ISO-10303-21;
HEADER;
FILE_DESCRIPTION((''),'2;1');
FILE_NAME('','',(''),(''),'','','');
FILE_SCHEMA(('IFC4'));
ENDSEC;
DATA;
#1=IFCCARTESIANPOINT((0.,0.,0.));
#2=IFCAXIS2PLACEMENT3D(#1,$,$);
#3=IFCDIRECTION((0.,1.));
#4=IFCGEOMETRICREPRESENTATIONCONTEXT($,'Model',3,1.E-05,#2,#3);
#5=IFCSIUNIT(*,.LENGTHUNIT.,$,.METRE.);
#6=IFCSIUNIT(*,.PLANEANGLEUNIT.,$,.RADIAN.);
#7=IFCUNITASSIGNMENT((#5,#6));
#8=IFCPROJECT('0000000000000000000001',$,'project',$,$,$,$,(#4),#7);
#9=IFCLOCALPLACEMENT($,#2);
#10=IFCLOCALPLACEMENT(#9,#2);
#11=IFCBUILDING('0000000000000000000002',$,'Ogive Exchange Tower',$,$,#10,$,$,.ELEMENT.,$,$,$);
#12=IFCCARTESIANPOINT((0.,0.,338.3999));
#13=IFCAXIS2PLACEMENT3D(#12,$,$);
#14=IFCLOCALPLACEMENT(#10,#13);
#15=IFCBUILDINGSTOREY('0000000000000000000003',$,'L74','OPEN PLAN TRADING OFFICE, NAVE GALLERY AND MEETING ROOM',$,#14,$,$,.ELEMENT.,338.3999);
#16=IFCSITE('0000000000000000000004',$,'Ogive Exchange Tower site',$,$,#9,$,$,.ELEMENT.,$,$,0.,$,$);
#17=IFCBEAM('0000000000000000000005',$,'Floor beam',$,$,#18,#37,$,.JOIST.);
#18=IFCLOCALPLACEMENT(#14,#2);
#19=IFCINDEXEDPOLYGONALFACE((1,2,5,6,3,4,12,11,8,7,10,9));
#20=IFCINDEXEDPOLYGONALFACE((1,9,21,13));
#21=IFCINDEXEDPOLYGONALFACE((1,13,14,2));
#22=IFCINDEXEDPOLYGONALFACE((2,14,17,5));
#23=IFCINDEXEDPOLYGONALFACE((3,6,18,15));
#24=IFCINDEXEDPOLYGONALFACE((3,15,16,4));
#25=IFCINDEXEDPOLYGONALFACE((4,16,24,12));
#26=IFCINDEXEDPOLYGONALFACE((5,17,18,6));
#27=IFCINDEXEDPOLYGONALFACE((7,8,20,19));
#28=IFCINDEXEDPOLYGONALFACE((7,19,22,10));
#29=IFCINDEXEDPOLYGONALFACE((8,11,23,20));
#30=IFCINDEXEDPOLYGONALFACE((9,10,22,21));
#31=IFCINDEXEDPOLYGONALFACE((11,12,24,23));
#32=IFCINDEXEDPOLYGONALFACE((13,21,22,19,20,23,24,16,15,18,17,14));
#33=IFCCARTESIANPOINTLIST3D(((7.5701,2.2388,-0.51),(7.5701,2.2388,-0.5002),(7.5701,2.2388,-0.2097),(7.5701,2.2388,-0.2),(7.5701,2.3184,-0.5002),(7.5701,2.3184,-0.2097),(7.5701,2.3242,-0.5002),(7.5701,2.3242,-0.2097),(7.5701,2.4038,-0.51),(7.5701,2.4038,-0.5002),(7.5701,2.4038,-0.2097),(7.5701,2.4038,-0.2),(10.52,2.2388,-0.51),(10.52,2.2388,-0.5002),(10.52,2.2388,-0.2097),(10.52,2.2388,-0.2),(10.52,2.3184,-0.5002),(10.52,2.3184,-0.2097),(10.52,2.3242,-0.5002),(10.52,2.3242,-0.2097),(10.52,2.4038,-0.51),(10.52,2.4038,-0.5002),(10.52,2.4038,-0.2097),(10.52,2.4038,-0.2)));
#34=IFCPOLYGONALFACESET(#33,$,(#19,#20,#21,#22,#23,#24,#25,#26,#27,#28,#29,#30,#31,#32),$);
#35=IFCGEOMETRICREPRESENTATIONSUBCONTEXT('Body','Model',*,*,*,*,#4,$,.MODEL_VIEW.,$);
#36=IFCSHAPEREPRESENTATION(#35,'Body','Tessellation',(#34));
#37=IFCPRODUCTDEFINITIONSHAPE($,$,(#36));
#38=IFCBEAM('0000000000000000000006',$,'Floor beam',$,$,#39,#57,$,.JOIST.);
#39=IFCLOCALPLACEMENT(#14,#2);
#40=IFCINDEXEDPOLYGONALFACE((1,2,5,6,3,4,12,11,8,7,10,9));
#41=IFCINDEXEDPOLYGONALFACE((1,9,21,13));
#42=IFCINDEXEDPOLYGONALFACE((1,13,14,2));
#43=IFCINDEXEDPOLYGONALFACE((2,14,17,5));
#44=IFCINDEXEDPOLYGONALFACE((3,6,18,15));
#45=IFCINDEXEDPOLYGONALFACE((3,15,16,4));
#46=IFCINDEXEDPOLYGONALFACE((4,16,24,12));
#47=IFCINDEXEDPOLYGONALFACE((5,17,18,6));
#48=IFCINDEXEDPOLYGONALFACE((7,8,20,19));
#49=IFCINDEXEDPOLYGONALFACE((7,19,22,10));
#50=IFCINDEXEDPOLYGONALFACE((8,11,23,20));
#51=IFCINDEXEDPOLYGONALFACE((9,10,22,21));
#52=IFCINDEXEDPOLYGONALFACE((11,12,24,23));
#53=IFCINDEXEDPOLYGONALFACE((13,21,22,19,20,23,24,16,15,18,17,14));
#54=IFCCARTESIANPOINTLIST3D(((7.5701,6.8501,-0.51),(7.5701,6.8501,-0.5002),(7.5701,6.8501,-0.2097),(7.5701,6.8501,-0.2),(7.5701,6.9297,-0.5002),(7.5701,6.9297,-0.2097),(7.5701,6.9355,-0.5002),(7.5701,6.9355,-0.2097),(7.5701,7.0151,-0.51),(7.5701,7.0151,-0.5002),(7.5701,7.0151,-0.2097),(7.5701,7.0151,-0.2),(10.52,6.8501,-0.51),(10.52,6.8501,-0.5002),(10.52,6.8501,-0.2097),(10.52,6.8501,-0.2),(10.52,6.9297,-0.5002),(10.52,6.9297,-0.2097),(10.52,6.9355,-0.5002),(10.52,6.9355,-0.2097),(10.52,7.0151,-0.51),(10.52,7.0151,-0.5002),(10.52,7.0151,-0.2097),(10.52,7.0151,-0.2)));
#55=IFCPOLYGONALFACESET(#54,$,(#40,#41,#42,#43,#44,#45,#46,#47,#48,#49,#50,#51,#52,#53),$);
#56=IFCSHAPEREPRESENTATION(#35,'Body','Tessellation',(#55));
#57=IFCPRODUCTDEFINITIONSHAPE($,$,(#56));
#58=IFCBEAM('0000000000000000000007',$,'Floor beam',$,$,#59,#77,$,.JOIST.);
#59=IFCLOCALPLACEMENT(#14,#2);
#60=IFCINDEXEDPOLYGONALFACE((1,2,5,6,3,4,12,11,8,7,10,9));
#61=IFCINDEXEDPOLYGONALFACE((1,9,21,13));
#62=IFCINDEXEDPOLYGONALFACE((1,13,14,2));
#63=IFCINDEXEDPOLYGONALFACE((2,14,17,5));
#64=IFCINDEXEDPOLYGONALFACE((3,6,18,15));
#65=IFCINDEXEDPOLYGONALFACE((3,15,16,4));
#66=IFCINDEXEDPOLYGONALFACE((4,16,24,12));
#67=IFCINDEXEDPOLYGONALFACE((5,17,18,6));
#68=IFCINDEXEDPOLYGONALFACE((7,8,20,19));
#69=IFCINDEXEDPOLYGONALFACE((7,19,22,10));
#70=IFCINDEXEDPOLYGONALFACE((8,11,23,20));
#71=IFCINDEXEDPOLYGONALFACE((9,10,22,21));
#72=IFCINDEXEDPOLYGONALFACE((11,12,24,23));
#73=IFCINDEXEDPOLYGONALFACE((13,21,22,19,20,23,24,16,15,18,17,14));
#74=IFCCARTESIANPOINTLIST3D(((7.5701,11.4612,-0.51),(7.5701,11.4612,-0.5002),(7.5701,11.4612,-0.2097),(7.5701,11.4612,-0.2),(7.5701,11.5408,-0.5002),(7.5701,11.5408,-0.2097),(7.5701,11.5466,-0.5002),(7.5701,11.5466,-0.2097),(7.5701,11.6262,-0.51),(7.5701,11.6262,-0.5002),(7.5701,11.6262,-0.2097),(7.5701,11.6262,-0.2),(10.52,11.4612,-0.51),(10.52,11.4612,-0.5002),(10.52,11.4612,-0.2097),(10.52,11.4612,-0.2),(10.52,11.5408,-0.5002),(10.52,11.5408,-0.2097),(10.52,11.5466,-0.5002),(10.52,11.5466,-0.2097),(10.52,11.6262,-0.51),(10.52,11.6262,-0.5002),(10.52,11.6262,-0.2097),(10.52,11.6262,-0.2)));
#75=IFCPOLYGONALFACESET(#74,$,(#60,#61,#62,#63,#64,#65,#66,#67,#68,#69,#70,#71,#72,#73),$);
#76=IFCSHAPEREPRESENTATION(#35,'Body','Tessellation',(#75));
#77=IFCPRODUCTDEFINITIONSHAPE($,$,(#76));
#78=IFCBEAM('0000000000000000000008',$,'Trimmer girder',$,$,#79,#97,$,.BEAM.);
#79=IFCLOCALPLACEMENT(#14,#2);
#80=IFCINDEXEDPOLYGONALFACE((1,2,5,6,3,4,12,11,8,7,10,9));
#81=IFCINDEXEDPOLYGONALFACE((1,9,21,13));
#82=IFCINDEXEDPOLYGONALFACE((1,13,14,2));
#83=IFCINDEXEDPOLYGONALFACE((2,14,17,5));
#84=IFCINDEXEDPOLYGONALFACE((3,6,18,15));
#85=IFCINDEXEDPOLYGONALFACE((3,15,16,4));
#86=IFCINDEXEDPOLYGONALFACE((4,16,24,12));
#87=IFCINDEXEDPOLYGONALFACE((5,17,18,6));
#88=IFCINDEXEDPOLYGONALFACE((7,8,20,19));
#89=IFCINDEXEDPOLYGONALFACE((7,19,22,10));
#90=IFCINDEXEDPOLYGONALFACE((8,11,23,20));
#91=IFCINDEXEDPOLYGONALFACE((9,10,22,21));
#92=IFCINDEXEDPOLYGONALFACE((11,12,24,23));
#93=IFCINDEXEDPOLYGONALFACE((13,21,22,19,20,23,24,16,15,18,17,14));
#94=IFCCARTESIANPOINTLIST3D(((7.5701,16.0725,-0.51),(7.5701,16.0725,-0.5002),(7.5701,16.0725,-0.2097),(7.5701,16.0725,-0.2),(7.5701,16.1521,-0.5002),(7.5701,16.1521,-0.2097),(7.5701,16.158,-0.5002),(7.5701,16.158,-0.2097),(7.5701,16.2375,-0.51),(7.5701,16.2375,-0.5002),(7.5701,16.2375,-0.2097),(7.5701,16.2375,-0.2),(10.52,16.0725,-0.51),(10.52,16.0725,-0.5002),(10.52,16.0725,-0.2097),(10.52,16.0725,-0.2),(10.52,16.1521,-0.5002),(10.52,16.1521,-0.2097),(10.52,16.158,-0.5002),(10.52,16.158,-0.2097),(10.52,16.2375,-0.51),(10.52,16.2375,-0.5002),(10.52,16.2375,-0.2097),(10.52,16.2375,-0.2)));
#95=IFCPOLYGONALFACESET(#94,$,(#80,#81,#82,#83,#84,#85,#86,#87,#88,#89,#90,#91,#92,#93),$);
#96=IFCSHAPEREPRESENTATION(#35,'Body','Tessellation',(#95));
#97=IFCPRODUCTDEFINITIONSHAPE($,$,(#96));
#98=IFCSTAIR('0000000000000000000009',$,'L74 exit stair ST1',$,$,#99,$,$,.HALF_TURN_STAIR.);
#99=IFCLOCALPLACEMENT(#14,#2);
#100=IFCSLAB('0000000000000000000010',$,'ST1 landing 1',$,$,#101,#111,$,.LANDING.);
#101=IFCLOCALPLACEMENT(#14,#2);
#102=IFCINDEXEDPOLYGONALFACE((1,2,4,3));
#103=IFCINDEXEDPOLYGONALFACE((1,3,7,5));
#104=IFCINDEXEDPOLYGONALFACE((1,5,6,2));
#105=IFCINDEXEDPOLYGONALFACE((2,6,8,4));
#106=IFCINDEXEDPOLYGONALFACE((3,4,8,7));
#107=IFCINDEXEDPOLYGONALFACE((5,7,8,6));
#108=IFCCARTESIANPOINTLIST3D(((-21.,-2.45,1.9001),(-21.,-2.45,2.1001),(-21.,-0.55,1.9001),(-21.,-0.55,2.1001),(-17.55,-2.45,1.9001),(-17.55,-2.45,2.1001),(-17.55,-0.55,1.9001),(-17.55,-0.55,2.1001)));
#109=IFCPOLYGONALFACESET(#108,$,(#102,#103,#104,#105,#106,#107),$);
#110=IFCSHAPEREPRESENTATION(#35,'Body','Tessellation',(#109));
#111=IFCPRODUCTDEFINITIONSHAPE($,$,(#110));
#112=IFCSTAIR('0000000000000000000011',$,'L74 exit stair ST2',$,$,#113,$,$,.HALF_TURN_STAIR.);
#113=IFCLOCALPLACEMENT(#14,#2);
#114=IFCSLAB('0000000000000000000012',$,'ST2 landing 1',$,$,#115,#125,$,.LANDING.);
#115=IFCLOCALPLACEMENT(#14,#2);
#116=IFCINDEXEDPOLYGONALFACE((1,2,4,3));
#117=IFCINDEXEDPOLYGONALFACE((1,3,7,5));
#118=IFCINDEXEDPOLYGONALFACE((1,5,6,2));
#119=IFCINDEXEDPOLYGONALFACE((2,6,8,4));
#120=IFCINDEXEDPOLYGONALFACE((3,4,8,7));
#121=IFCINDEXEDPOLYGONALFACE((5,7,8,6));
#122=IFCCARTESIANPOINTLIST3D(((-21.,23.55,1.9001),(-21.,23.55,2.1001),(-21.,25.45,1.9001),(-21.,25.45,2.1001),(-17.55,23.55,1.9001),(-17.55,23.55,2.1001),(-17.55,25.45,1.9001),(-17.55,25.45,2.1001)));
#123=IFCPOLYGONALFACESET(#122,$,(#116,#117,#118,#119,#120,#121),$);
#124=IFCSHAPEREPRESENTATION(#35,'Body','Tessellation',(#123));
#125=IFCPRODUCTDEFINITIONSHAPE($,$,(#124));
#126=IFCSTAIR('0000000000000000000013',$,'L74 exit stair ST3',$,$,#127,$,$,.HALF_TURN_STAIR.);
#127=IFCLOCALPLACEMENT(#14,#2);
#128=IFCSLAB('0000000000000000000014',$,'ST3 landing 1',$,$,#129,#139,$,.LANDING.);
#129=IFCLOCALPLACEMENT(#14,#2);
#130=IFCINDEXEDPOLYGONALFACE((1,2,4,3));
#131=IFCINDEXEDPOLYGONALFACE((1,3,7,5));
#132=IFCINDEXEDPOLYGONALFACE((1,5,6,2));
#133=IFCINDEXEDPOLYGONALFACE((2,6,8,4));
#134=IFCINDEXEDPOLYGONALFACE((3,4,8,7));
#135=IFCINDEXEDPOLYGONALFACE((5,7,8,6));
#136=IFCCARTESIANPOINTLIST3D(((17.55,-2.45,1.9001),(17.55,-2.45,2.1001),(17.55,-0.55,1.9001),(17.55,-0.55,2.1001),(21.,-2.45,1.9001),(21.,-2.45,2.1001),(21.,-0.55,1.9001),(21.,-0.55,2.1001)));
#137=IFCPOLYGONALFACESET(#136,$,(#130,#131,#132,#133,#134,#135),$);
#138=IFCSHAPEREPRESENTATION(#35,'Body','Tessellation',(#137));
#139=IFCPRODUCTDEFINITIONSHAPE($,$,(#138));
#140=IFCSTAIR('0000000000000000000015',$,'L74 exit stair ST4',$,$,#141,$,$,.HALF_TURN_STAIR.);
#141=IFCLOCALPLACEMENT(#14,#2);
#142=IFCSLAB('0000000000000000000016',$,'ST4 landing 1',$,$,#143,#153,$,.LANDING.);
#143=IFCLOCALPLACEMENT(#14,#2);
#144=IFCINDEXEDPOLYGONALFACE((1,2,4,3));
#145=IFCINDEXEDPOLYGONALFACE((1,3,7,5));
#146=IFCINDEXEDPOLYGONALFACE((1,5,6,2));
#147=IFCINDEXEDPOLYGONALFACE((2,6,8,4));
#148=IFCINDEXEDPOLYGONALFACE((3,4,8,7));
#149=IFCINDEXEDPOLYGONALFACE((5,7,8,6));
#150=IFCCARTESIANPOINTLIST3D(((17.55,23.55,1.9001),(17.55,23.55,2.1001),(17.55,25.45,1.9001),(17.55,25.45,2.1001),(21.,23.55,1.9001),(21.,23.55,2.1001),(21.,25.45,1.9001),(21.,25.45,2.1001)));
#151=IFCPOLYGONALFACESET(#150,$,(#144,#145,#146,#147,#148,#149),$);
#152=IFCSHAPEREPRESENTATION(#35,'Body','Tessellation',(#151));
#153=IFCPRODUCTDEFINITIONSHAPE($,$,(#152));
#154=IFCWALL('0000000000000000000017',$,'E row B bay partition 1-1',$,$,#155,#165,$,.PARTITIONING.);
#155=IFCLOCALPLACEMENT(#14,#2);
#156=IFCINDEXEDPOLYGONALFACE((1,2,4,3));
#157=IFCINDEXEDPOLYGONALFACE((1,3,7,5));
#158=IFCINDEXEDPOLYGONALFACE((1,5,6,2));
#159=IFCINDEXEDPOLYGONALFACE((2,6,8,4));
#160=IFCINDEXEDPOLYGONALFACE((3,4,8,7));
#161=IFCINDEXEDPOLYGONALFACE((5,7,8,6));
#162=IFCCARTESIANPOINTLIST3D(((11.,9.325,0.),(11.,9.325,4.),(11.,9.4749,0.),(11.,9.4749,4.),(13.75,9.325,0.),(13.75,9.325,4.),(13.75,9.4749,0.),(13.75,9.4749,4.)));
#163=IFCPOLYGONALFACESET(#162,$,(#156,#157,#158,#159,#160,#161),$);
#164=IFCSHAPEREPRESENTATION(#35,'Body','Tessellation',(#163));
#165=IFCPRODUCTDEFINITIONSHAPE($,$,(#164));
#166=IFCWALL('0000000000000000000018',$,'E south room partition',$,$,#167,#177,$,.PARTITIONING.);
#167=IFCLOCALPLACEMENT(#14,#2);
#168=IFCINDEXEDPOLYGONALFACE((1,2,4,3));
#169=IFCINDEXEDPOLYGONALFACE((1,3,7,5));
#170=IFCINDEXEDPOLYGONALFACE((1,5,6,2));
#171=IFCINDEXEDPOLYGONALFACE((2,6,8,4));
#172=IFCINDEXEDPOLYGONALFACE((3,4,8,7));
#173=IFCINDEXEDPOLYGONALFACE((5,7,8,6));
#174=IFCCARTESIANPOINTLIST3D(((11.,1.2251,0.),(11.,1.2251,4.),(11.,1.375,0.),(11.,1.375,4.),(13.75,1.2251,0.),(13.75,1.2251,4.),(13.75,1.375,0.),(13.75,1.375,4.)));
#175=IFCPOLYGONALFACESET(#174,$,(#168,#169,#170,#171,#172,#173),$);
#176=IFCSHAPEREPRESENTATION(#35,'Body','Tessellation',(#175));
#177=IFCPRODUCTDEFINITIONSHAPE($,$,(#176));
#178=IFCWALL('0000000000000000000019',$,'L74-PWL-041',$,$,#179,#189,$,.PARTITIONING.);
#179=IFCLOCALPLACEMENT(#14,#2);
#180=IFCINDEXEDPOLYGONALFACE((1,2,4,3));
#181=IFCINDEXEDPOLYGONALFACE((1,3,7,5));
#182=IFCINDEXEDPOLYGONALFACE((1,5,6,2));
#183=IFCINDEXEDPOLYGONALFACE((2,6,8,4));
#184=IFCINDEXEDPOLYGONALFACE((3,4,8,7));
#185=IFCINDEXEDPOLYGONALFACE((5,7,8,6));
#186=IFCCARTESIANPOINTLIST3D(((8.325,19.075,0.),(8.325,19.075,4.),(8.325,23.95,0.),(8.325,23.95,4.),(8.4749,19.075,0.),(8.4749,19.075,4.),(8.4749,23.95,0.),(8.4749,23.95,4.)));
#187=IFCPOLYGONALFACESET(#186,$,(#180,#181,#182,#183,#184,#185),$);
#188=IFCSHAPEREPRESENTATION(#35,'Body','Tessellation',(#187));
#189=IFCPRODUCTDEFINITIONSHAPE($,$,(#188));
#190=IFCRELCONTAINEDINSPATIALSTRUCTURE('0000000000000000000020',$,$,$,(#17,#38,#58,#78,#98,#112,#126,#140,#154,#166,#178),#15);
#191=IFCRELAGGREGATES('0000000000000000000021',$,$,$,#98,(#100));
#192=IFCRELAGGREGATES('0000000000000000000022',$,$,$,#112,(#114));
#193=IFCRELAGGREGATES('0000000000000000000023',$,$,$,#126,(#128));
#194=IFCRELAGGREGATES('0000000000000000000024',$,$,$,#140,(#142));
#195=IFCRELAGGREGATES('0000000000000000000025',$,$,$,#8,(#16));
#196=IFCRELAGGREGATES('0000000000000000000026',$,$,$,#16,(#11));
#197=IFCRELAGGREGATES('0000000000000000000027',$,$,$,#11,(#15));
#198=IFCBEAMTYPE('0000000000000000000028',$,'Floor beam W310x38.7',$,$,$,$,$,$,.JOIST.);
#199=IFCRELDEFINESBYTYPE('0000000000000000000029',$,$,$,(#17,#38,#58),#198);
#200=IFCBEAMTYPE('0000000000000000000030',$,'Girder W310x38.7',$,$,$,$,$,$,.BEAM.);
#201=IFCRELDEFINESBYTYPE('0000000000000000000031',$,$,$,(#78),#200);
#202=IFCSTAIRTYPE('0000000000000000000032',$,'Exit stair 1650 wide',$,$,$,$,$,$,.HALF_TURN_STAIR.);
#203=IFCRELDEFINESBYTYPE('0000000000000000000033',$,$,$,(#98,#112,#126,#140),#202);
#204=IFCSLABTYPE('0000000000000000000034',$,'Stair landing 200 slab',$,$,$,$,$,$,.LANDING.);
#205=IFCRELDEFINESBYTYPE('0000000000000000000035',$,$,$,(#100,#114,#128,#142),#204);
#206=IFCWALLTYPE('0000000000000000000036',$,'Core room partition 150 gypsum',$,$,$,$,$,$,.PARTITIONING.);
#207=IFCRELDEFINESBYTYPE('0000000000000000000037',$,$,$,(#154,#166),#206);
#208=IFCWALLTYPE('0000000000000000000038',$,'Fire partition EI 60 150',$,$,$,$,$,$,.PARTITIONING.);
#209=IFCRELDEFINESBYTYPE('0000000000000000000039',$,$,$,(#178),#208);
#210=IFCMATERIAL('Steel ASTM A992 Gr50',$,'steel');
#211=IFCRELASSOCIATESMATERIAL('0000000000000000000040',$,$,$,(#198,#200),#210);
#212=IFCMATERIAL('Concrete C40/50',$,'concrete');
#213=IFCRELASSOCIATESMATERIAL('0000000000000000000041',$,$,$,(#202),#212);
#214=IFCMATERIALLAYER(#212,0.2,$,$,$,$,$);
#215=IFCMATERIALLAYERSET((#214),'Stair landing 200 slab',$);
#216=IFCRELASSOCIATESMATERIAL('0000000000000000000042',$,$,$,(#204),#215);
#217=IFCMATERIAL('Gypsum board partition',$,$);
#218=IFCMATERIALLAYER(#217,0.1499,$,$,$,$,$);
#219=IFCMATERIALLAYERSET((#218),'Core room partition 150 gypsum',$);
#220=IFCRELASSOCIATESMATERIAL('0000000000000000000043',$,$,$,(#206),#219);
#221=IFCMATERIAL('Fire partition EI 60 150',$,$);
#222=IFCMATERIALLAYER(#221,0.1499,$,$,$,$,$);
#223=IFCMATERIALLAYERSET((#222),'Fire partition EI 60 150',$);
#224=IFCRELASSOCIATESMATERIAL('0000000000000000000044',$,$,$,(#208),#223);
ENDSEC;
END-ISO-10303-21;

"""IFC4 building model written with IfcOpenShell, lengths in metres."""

from ifc_helpers import new_model, si_unit, direction, frame, frame_2d, origin, origin_2d, place, context, subcontext, project, spatial, polyline, rectangle, i_section, outline, extrude, material, layer, layer_set, material_profile, profile_set, type_object, element, aggregate, save


model = new_model("IFC4")

# Units and contexts
model_context = context("Model", 3, precision=1e-05, world=origin(), true_north=direction((0.0, 1.0)))
body_context = subcontext(model_context, "Body", "Model", "MODEL_VIEW")
ifc_project = project(units=[si_unit("LENGTHUNIT", "METRE"), si_unit("PLANEANGLEUNIT", "RADIAN")], contexts=[model_context])

# Site, building, storey
site_placement = place(None, origin())
site = spatial("IfcSite", under=ifc_project, at=site_placement, Name="Ogive Exchange Tower site", CompositionType="ELEMENT", RefElevation=0.0)
building_placement = place(site_placement, origin())
building = spatial("IfcBuilding", under=site, at=building_placement, Name="Ogive Exchange Tower", CompositionType="ELEMENT")
storey_placement = place(building_placement, frame((0.0, 0.0, 338.3999)))
storey = spatial("IfcBuildingStorey", under=building, at=storey_placement, Name="L74", Description="OPEN PLAN TRADING OFFICE, NAVE GALLERY AND MEETING ROOM", CompositionType="ELEMENT", Elevation=338.3999)

# Beams
ifc_material_1 = material(Name="Steel ASTM A992 Gr50", Category="steel")
ifc_material_profile_1 = material_profile(ifc_material_1, i_section(OverallWidth=0.165, OverallDepth=0.3101, WebThickness=0.0059, FlangeThickness=0.0098, at=origin_2d()), Name="W310x38.7")
ifc_profile_set_1 = profile_set([ifc_material_profile_1], Name="Steel ASTM A992 Gr50")
beam_type_1 = type_object("IfcBeamType", Name="Floor beam W310x38.7", PredefinedType="JOIST", material=ifc_profile_set_1)
for number, where, z_axis, x_axis, name in (
    (1, (7.5701, 2.3213, -0.355), (1.0, 0.0, 0.0), (0.0, 1.0, 0.0), "Floor beam"),
    (2, (7.5701, 6.9326, -0.355), (1.0, 0.0, 0.0), (0.0, 1.0, 0.0), "Floor beam"),
    (3, (7.5701, 11.5437, -0.355), (1.0, 0.0, 0.0), (0.0, 1.0, 0.0), "Floor beam"),
):
    element("IfcBeam", number, at=place(storey_placement, frame(where, z_axis=z_axis, x_axis=x_axis)), inside=storey, type_object=beam_type_1, Name=name, PredefinedType="JOIST", context=body_context, shape_type="SweptSolid", body=[
        extrude(i_section(OverallWidth=0.165, OverallDepth=0.3101, WebThickness=0.0059, FlangeThickness=0.0098, at=origin_2d()), origin(), (0.0, 0.0, 1.0), 2.95),
    ])
ifc_material_profile_2 = material_profile(ifc_material_1, i_section(OverallWidth=0.165, OverallDepth=0.3101, WebThickness=0.0059, FlangeThickness=0.0098, at=origin_2d()), Name="W310x38.7")
ifc_profile_set_2 = profile_set([ifc_material_profile_2], Name="Steel ASTM A992 Gr50")
beam_type_2 = type_object("IfcBeamType", Name="Girder W310x38.7", PredefinedType="BEAM", material=ifc_profile_set_2)
beam_placement = place(storey_placement, frame((7.5701, 16.155, -0.355), z_axis=(1.0, 0.0, 0.0), x_axis=(0.0, 1.0, 0.0)))
element("IfcBeam", 4, at=beam_placement, inside=storey, type_object=beam_type_2, Name="Trimmer girder", PredefinedType="BEAM", context=body_context, shape_type="SweptSolid", body=[
    extrude(i_section(OverallWidth=0.165, OverallDepth=0.3101, WebThickness=0.0059, FlangeThickness=0.0098, at=origin_2d()), origin(), (0.0, 0.0, 1.0), 2.95),
])

# Stairs, slabs
ifc_material_2 = material(Name="Concrete C40/50", Category="concrete")
stair_type = type_object("IfcStairType", Name="Exit stair 1650 wide", PredefinedType="HALF_TURN_STAIR", material=ifc_material_2)
stair_1_placement = place(storey_placement, origin())
stair_1 = element("IfcStair", 5, at=stair_1_placement, inside=storey, type_object=stair_type, Name="L74 exit stair ST1", PredefinedType="HALF_TURN_STAIR")
ifc_layer_1 = layer(ifc_material_2, 0.2)
ifc_layer_set_1 = layer_set([ifc_layer_1], Name="Stair landing 200 slab")
slab_type = type_object("IfcSlabType", Name="Stair landing 200 slab", PredefinedType="LANDING", material=ifc_layer_set_1)
slab_1_placement = place(storey_placement, frame((0.0, 0.0, 1.9001)))
slab_1 = element("IfcSlab", 6, at=slab_1_placement, type_object=slab_type, Name="ST1 landing 1", PredefinedType="LANDING", context=body_context, shape_type="SweptSolid", body=[
    extrude(outline(polyline([(-21.0, -0.55), (-21.0, -2.45), (-17.55, -2.45), (-17.55, -0.55), (-21.0, -0.55)])), origin(), (0.0, 0.0, 1.0), 0.2),
])
aggregate(stair_1, [slab_1])
stair_2_placement = place(storey_placement, origin())
stair_2 = element("IfcStair", 7, at=stair_2_placement, inside=storey, type_object=stair_type, Name="L74 exit stair ST2", PredefinedType="HALF_TURN_STAIR")
slab_2_placement = place(storey_placement, frame((0.0, 0.0, 1.9001)))
slab_2 = element("IfcSlab", 8, at=slab_2_placement, type_object=slab_type, Name="ST2 landing 1", PredefinedType="LANDING", context=body_context, shape_type="SweptSolid", body=[
    extrude(outline(polyline([(-17.55, 23.55), (-17.55, 25.45), (-21.0, 25.45), (-21.0, 23.55), (-17.55, 23.55)])), origin(), (0.0, 0.0, 1.0), 0.2),
])
aggregate(stair_2, [slab_2])
stair_3_placement = place(storey_placement, origin())
stair_3 = element("IfcStair", 9, at=stair_3_placement, inside=storey, type_object=stair_type, Name="L74 exit stair ST3", PredefinedType="HALF_TURN_STAIR")
slab_3_placement = place(storey_placement, frame((0.0, 0.0, 1.9001)))
slab_3 = element("IfcSlab", 10, at=slab_3_placement, type_object=slab_type, Name="ST3 landing 1", PredefinedType="LANDING", context=body_context, shape_type="SweptSolid", body=[
    extrude(outline(polyline([(17.55, -0.55), (17.55, -2.45), (21.0, -2.45), (21.0, -0.55), (17.55, -0.55)])), origin(), (0.0, 0.0, 1.0), 0.2),
])
aggregate(stair_3, [slab_3])
stair_4_placement = place(storey_placement, origin())
stair_4 = element("IfcStair", 11, at=stair_4_placement, inside=storey, type_object=stair_type, Name="L74 exit stair ST4", PredefinedType="HALF_TURN_STAIR")
slab_4_placement = place(storey_placement, frame((0.0, 0.0, 1.9001)))
slab_4 = element("IfcSlab", 12, at=slab_4_placement, type_object=slab_type, Name="ST4 landing 1", PredefinedType="LANDING", context=body_context, shape_type="SweptSolid", body=[
    extrude(outline(polyline([(21.0, 23.55), (21.0, 25.45), (17.55, 25.45), (17.55, 23.55), (21.0, 23.55)])), origin(), (0.0, 0.0, 1.0), 0.2),
])
aggregate(stair_4, [slab_4])

# Walls
ifc_material_3 = material(Name="Gypsum board partition")
ifc_layer_2 = layer(ifc_material_3, 0.1499)
ifc_layer_set_2 = layer_set([ifc_layer_2], Name="Core room partition 150 gypsum")
wall_type_1 = type_object("IfcWallType", Name="Core room partition 150 gypsum", PredefinedType="PARTITIONING", material=ifc_layer_set_2)
for number, where, z_axis, x_axis, name in (
    (13, (11.0, 9.3999, 0.0), (0.0, 0.0, 1.0), (1.0, 0.0, 0.0), "E row B bay partition 1-1"),
    (14, (11.0, 1.3, 0.0), (0.0, 0.0, 1.0), (1.0, 0.0, 0.0), "E south room partition"),
):
    element("IfcWall", number, at=place(storey_placement, frame(where, z_axis=z_axis, x_axis=x_axis)), inside=storey, type_object=wall_type_1, Name=name, PredefinedType="PARTITIONING", context=body_context, shape_type="SweptSolid", body=[
        extrude(rectangle(XDim=2.75, YDim=0.1499, at=frame_2d((1.375, 0.0))), origin(), (0.0, 0.0, 1.0), 4.0),
    ])
ifc_material_4 = material(Name="Fire partition EI 60 150")
ifc_layer_3 = layer(ifc_material_4, 0.1499)
ifc_layer_set_3 = layer_set([ifc_layer_3], Name="Fire partition EI 60 150")
wall_type_2 = type_object("IfcWallType", Name="Fire partition EI 60 150", PredefinedType="PARTITIONING", material=ifc_layer_set_3)
wall_1_placement = place(storey_placement, frame((8.3999, 19.075, 0.0), z_axis=(0.0, 0.0, 1.0), x_axis=(0.0, 1.0, 0.0)))
element("IfcWall", 15, at=wall_1_placement, inside=storey, type_object=wall_type_2, Name="L74-PWL-041", PredefinedType="PARTITIONING", context=body_context, shape_type="SweptSolid", body=[
    extrude(rectangle(XDim=4.875, YDim=0.1499, at=frame_2d((2.4375, 0.0))), origin(), (0.0, 0.0, 1.0), 4.0),
])

save(model, "model.ifc")
